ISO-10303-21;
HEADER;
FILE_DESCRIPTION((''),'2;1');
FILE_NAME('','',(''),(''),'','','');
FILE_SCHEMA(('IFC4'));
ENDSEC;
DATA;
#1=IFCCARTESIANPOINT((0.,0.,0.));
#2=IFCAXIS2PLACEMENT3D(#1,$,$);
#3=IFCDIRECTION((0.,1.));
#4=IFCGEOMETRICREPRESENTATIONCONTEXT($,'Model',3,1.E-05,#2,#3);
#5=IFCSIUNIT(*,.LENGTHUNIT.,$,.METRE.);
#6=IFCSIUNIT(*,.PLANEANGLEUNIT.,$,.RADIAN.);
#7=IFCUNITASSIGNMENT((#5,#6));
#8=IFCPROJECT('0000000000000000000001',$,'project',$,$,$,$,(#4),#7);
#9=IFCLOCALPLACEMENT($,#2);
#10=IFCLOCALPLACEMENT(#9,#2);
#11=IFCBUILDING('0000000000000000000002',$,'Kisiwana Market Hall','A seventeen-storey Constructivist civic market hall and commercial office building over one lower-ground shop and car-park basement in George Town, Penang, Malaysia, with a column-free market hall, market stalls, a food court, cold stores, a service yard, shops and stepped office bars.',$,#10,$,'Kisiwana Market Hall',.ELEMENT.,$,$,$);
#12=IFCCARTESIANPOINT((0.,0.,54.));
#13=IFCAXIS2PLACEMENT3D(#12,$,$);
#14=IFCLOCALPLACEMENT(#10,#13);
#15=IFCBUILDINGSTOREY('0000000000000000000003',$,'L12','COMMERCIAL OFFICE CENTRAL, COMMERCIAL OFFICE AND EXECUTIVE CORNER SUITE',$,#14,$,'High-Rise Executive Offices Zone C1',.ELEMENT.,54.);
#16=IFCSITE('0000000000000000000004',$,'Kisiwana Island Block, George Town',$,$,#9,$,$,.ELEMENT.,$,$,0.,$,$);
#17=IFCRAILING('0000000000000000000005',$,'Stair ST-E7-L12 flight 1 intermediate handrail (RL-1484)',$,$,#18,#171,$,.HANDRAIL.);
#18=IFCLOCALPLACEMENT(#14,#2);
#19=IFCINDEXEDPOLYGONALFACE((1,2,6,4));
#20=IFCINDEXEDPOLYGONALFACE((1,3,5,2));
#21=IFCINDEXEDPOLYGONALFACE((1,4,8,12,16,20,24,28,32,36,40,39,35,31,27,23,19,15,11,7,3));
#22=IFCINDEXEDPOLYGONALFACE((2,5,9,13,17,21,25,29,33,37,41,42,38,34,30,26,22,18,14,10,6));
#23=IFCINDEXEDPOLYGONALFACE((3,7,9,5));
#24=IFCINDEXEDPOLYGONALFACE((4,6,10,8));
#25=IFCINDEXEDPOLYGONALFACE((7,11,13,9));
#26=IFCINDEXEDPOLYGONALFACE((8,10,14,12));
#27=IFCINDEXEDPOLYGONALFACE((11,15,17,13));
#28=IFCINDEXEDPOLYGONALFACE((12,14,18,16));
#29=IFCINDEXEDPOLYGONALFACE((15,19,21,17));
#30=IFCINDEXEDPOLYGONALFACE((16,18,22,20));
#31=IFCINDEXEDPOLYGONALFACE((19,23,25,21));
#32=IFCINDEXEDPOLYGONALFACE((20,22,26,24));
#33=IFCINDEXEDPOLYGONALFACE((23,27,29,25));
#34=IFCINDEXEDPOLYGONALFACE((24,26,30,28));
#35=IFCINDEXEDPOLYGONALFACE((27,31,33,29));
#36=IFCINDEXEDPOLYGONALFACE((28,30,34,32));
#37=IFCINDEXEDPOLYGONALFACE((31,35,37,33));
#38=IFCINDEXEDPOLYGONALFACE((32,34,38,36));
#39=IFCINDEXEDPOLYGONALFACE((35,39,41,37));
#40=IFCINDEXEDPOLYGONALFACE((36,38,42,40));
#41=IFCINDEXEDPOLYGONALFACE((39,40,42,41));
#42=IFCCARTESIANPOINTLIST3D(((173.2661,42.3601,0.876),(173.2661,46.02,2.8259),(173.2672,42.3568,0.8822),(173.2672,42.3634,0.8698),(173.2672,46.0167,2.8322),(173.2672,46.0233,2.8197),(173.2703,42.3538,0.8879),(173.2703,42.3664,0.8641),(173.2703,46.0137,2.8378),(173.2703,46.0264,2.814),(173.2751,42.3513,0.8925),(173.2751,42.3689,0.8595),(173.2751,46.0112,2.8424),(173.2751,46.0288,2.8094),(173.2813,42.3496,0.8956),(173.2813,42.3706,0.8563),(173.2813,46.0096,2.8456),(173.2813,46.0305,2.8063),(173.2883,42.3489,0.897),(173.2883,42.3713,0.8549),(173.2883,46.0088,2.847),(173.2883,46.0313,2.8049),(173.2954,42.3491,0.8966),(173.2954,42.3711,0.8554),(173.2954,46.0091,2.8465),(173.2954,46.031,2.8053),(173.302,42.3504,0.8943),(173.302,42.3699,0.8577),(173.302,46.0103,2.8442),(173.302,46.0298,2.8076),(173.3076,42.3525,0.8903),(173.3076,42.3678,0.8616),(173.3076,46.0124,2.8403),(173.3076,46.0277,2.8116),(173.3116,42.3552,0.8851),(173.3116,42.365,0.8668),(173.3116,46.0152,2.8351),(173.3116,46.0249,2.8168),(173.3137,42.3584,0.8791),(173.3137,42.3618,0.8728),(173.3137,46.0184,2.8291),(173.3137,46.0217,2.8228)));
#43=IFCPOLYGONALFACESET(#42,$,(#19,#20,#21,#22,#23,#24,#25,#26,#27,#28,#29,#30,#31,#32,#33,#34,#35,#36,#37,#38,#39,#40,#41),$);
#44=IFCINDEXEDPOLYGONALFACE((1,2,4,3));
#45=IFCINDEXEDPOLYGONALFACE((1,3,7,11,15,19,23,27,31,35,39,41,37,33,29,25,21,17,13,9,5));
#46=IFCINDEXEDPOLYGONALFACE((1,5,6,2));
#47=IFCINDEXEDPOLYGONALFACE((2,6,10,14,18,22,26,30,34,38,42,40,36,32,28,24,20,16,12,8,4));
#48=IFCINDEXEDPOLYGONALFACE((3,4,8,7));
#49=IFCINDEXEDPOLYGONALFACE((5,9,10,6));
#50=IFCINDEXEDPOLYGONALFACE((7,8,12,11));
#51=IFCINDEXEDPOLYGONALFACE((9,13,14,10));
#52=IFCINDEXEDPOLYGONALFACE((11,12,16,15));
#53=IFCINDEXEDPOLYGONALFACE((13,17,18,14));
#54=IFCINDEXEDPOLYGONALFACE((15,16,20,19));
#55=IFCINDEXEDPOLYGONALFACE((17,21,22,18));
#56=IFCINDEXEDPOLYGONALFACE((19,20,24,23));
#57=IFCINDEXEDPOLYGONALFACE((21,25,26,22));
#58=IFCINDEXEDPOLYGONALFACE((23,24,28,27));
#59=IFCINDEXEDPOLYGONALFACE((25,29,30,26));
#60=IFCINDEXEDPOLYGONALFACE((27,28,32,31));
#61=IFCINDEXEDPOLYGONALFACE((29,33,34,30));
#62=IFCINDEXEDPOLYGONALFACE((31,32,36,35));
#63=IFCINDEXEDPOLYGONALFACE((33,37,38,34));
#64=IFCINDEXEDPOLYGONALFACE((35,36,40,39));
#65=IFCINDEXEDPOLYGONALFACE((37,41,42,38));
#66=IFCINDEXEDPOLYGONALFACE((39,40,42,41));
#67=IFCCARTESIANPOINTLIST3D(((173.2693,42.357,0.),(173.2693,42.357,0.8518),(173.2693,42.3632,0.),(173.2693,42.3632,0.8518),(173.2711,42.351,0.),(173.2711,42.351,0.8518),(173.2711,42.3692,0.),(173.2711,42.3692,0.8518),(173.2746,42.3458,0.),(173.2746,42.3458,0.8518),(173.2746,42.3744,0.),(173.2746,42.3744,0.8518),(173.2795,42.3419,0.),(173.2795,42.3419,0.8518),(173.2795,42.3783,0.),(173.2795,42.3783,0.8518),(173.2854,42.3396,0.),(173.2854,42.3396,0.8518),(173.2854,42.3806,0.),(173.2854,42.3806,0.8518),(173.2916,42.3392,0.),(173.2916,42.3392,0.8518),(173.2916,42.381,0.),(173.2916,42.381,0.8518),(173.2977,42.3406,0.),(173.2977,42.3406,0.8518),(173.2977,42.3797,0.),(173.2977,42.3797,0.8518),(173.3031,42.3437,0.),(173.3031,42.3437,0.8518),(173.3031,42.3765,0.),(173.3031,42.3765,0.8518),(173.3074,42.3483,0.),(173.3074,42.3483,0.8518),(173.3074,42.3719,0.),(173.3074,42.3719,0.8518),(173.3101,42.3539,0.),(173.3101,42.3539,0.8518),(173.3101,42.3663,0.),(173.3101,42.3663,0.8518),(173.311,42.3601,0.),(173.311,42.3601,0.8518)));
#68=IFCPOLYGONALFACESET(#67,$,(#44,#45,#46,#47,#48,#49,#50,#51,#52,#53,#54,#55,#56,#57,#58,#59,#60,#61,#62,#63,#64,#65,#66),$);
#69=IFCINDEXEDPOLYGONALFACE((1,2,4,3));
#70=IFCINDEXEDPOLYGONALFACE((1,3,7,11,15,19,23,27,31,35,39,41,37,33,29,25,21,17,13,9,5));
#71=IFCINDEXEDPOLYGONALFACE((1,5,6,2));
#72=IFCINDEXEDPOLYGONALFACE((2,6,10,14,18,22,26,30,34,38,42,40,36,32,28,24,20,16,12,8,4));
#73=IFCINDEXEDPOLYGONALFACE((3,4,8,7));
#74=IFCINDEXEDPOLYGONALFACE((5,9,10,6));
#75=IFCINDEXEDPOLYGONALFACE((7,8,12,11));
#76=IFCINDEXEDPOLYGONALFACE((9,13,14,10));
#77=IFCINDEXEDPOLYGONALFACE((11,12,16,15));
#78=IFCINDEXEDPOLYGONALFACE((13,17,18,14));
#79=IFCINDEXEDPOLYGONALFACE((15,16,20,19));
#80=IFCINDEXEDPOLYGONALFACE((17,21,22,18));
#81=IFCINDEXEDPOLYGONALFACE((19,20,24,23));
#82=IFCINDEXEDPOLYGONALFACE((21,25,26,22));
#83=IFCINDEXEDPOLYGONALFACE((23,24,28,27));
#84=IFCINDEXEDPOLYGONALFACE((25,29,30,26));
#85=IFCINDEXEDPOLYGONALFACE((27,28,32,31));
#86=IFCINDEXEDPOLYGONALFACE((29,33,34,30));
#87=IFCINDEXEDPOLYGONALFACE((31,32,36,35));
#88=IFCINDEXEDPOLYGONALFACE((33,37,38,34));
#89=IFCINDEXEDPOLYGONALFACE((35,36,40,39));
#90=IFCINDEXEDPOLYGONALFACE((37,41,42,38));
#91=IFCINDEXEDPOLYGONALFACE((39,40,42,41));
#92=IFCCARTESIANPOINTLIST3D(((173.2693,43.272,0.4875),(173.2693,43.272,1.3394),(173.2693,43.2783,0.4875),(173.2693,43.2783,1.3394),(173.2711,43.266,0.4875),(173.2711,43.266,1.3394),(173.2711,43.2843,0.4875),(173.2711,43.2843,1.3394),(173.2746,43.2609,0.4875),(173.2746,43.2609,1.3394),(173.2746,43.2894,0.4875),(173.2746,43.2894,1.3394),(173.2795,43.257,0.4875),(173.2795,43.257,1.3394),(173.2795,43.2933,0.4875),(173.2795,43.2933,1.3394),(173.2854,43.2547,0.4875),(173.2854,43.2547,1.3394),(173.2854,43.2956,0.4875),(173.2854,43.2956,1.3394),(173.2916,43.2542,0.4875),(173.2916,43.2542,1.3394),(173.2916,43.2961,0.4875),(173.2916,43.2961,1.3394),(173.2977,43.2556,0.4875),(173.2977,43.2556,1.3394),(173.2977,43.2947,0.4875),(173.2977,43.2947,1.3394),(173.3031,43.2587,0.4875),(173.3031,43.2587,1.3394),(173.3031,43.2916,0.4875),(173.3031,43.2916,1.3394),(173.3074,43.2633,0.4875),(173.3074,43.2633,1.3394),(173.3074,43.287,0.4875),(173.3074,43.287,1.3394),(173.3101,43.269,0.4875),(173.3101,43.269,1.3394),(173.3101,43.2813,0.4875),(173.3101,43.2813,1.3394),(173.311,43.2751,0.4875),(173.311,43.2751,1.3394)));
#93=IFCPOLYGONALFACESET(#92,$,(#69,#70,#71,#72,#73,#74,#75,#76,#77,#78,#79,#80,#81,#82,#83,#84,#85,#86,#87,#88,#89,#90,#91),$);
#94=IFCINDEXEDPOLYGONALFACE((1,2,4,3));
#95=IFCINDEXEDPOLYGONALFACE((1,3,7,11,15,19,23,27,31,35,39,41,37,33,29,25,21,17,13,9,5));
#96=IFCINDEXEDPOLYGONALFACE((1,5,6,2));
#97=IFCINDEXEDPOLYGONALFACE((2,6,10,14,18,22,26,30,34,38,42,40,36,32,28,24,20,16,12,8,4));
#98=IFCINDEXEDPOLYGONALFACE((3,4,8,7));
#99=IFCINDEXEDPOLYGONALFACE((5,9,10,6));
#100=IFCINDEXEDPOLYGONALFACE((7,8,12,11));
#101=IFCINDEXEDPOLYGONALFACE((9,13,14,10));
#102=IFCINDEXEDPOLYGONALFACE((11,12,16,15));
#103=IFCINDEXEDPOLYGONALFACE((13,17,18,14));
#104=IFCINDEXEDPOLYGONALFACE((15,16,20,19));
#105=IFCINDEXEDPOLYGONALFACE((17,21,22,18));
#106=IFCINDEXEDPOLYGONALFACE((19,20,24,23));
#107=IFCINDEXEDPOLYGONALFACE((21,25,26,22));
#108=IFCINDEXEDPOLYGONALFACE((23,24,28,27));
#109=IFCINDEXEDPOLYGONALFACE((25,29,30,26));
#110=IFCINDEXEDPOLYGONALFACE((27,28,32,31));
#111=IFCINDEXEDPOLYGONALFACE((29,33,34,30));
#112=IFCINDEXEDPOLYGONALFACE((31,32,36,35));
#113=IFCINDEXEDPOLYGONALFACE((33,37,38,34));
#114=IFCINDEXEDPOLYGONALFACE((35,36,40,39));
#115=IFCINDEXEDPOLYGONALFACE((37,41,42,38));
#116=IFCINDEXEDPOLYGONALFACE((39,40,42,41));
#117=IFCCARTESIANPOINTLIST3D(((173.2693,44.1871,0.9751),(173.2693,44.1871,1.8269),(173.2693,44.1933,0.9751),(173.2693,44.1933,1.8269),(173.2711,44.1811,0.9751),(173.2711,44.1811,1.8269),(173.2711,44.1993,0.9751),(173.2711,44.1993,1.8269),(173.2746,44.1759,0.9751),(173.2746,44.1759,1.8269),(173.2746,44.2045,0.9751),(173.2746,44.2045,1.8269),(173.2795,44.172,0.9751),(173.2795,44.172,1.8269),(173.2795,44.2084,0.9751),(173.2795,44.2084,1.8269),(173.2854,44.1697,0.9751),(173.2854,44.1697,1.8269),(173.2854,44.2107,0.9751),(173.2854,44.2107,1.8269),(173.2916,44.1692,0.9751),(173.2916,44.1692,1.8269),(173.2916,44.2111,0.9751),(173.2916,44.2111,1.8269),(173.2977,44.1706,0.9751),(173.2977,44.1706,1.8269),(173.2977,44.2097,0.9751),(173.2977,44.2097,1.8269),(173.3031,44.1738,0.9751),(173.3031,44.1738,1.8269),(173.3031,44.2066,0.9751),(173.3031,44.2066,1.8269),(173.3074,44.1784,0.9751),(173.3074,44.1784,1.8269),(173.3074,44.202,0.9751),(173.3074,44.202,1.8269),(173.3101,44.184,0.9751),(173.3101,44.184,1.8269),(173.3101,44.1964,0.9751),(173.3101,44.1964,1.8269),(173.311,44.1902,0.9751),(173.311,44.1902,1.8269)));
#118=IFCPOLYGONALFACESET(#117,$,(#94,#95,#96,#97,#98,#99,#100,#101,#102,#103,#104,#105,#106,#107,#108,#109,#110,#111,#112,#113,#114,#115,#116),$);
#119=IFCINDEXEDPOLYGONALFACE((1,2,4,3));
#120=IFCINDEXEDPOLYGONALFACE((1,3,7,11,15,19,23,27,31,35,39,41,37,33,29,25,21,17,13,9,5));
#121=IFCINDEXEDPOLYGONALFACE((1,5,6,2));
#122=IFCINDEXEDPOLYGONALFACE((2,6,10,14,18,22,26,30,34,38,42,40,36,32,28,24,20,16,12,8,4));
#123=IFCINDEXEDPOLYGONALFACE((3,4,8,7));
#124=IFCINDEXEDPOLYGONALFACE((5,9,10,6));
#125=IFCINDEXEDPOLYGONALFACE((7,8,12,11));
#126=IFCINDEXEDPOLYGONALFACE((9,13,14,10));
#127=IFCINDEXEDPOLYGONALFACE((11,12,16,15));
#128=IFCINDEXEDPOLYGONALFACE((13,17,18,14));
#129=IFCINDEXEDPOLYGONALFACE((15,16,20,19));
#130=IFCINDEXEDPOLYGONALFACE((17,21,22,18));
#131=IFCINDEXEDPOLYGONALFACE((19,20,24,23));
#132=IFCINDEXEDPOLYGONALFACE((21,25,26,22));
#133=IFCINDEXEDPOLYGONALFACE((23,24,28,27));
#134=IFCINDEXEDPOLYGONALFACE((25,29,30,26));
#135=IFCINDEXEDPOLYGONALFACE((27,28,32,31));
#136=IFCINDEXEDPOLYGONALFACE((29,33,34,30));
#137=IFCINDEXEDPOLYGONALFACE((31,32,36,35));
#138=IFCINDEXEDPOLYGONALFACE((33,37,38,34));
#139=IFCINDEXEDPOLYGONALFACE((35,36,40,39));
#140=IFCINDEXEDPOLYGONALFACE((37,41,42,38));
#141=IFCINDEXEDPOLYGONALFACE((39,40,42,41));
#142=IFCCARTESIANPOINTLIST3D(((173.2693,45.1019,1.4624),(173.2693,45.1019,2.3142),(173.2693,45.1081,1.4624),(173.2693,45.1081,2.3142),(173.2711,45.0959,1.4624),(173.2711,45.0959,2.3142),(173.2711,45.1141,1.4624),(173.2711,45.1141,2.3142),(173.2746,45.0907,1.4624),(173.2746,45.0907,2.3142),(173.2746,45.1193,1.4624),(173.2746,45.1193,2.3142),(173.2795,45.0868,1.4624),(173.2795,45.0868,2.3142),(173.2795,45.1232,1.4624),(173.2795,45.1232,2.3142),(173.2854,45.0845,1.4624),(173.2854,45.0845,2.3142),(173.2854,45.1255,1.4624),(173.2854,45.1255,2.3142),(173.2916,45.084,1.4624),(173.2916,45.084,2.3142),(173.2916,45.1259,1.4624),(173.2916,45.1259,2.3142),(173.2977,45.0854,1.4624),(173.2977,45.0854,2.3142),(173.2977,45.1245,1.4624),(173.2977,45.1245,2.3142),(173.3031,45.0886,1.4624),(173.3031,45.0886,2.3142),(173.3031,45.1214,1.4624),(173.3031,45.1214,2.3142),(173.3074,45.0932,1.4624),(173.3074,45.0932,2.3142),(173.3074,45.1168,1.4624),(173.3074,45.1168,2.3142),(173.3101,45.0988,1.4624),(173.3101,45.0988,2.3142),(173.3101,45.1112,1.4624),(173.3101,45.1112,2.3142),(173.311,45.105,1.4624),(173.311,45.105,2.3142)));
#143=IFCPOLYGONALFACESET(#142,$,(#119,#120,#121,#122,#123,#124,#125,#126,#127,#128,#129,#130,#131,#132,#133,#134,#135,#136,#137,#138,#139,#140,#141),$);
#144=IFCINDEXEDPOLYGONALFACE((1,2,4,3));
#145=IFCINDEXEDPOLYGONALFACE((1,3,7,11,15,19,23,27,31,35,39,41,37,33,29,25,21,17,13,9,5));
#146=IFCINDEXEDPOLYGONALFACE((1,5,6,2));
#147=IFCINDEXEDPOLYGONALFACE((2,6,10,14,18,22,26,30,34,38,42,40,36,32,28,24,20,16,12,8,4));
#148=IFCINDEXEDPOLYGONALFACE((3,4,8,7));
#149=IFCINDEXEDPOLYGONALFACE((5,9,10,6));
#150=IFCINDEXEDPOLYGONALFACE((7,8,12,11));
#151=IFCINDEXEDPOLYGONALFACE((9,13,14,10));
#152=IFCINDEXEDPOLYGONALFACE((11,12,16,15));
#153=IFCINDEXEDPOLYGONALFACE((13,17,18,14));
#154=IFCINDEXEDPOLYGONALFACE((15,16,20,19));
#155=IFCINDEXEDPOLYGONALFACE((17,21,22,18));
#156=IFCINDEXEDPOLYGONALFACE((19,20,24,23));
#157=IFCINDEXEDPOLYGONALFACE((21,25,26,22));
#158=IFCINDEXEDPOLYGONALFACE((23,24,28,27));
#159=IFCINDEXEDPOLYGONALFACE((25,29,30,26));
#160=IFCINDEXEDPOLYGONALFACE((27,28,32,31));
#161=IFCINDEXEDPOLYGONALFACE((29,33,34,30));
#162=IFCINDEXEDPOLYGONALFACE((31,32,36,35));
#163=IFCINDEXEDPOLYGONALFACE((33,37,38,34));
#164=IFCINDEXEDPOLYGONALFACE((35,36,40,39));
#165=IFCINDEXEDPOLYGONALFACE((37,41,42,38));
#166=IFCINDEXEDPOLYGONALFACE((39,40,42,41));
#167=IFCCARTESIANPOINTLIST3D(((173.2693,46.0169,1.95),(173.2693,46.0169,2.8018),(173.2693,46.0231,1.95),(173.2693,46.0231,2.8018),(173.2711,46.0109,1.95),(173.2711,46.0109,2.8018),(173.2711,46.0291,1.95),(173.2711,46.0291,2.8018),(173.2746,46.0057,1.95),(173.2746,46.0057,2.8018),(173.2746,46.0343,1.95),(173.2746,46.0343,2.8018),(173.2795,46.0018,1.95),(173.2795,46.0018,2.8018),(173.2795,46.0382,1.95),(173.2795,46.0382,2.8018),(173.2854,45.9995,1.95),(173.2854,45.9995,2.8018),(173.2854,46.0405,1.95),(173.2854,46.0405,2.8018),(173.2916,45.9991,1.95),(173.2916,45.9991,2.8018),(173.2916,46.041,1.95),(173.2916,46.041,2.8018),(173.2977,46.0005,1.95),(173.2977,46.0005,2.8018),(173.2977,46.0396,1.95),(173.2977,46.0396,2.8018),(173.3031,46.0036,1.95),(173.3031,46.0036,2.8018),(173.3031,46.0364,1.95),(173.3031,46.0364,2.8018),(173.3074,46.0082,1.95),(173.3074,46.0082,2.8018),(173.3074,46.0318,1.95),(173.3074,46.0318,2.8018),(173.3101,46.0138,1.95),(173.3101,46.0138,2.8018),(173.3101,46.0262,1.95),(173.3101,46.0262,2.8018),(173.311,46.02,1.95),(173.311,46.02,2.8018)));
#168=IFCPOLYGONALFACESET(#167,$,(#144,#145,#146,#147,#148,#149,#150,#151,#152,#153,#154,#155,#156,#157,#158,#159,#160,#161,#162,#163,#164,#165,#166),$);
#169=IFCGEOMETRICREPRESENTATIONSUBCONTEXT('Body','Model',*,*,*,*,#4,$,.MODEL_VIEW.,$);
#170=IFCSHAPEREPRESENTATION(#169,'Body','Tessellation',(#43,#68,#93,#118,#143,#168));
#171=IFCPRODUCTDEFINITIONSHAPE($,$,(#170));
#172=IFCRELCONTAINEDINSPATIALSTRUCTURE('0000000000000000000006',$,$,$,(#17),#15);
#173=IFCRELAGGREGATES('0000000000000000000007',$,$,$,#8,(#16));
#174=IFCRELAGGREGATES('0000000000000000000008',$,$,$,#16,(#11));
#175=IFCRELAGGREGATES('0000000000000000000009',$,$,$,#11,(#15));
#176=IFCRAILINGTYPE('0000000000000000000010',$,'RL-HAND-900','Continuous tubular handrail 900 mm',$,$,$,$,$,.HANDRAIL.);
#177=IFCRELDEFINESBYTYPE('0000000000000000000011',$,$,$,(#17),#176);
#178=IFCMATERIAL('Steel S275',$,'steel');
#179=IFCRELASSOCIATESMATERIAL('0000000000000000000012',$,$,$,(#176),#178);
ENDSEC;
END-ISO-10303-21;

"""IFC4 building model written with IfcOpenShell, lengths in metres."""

from ifc_helpers import new_model, si_unit, direction, frame, origin, origin_2d, place, context, subcontext, project, spatial, circle, extrude, material, type_object, element, save


model = new_model("IFC4")

# Units and contexts
model_context = context("Model", 3, precision=1e-05, world=origin(), true_north=direction((0.0, 1.0)))
body_context = subcontext(model_context, "Body", "Model", "MODEL_VIEW")
ifc_project = project(units=[si_unit("LENGTHUNIT", "METRE"), si_unit("PLANEANGLEUNIT", "RADIAN")], contexts=[model_context])

# Site, building, storey
site_placement = place(None, origin())
site = spatial("IfcSite", under=ifc_project, at=site_placement, Name="Kisiwana Island Block, George Town", CompositionType="ELEMENT", RefElevation=0.0)
building_placement = place(site_placement, origin())
building = spatial("IfcBuilding", under=site, at=building_placement, Name="Kisiwana Market Hall", Description="A seventeen-storey Constructivist civic market hall and commercial office building over one lower-ground shop and car-park basement in George Town, Penang, Malaysia, with a column-free market hall, market stalls, a food court, cold stores, a service yard, shops and stepped office bars.", LongName="Kisiwana Market Hall", CompositionType="ELEMENT")
storey_placement = place(building_placement, frame((0.0, 0.0, 54.0)))
storey = spatial("IfcBuildingStorey", under=building, at=storey_placement, Name="L12", Description="COMMERCIAL OFFICE CENTRAL, COMMERCIAL OFFICE AND EXECUTIVE CORNER SUITE", LongName="High-Rise Executive Offices Zone C1", CompositionType="ELEMENT", Elevation=54.0)

# Railing
ifc_material_1 = material(Name="Steel S275", Category="steel")
railing_type_1 = type_object("IfcRailingType", Name="RL-HAND-900", Description="Continuous tubular handrail 900 mm", PredefinedType="HANDRAIL", material=ifc_material_1)
railing_1_placement = place(storey_placement, frame((173.29, 42.3601, 0.0)))
element("IfcRailing", 1, at=railing_1_placement, inside=storey, type_object=railing_type_1, Name="Stair ST-E7-L12 flight 1 intermediate handrail (RL-1484)", PredefinedType="HANDRAIL", context=body_context, shape_type="SweptSolid", body=[
    extrude(circle(Radius=0.0239, at=origin_2d()), frame((0.0, 0.0, 0.876), z_axis=(0.0, 0.882553, 0.470212), x_axis=(-1.0, 0.0, 0.0)), (0.0, 0.0, 1.0), 4.147),
    extrude(circle(Radius=0.021, at=origin_2d()), origin(), (0.0, 0.0, 1.0), 0.8518),
    extrude(circle(Radius=0.021, at=origin_2d()), frame((0.0, 0.915, 0.4875)), (0.0, 0.0, 1.0), 0.8518),
    extrude(circle(Radius=0.021, at=origin_2d()), frame((0.0, 1.8301, 0.9751)), (0.0, 0.0, 1.0), 0.8518),
    extrude(circle(Radius=0.021, at=origin_2d()), frame((0.0, 2.7449, 1.4624)), (0.0, 0.0, 1.0), 0.8518),
    extrude(circle(Radius=0.021, at=origin_2d()), frame((0.0, 3.6599, 1.95)), (0.0, 0.0, 1.0), 0.8518),
])

save(model, "model.ifc")
